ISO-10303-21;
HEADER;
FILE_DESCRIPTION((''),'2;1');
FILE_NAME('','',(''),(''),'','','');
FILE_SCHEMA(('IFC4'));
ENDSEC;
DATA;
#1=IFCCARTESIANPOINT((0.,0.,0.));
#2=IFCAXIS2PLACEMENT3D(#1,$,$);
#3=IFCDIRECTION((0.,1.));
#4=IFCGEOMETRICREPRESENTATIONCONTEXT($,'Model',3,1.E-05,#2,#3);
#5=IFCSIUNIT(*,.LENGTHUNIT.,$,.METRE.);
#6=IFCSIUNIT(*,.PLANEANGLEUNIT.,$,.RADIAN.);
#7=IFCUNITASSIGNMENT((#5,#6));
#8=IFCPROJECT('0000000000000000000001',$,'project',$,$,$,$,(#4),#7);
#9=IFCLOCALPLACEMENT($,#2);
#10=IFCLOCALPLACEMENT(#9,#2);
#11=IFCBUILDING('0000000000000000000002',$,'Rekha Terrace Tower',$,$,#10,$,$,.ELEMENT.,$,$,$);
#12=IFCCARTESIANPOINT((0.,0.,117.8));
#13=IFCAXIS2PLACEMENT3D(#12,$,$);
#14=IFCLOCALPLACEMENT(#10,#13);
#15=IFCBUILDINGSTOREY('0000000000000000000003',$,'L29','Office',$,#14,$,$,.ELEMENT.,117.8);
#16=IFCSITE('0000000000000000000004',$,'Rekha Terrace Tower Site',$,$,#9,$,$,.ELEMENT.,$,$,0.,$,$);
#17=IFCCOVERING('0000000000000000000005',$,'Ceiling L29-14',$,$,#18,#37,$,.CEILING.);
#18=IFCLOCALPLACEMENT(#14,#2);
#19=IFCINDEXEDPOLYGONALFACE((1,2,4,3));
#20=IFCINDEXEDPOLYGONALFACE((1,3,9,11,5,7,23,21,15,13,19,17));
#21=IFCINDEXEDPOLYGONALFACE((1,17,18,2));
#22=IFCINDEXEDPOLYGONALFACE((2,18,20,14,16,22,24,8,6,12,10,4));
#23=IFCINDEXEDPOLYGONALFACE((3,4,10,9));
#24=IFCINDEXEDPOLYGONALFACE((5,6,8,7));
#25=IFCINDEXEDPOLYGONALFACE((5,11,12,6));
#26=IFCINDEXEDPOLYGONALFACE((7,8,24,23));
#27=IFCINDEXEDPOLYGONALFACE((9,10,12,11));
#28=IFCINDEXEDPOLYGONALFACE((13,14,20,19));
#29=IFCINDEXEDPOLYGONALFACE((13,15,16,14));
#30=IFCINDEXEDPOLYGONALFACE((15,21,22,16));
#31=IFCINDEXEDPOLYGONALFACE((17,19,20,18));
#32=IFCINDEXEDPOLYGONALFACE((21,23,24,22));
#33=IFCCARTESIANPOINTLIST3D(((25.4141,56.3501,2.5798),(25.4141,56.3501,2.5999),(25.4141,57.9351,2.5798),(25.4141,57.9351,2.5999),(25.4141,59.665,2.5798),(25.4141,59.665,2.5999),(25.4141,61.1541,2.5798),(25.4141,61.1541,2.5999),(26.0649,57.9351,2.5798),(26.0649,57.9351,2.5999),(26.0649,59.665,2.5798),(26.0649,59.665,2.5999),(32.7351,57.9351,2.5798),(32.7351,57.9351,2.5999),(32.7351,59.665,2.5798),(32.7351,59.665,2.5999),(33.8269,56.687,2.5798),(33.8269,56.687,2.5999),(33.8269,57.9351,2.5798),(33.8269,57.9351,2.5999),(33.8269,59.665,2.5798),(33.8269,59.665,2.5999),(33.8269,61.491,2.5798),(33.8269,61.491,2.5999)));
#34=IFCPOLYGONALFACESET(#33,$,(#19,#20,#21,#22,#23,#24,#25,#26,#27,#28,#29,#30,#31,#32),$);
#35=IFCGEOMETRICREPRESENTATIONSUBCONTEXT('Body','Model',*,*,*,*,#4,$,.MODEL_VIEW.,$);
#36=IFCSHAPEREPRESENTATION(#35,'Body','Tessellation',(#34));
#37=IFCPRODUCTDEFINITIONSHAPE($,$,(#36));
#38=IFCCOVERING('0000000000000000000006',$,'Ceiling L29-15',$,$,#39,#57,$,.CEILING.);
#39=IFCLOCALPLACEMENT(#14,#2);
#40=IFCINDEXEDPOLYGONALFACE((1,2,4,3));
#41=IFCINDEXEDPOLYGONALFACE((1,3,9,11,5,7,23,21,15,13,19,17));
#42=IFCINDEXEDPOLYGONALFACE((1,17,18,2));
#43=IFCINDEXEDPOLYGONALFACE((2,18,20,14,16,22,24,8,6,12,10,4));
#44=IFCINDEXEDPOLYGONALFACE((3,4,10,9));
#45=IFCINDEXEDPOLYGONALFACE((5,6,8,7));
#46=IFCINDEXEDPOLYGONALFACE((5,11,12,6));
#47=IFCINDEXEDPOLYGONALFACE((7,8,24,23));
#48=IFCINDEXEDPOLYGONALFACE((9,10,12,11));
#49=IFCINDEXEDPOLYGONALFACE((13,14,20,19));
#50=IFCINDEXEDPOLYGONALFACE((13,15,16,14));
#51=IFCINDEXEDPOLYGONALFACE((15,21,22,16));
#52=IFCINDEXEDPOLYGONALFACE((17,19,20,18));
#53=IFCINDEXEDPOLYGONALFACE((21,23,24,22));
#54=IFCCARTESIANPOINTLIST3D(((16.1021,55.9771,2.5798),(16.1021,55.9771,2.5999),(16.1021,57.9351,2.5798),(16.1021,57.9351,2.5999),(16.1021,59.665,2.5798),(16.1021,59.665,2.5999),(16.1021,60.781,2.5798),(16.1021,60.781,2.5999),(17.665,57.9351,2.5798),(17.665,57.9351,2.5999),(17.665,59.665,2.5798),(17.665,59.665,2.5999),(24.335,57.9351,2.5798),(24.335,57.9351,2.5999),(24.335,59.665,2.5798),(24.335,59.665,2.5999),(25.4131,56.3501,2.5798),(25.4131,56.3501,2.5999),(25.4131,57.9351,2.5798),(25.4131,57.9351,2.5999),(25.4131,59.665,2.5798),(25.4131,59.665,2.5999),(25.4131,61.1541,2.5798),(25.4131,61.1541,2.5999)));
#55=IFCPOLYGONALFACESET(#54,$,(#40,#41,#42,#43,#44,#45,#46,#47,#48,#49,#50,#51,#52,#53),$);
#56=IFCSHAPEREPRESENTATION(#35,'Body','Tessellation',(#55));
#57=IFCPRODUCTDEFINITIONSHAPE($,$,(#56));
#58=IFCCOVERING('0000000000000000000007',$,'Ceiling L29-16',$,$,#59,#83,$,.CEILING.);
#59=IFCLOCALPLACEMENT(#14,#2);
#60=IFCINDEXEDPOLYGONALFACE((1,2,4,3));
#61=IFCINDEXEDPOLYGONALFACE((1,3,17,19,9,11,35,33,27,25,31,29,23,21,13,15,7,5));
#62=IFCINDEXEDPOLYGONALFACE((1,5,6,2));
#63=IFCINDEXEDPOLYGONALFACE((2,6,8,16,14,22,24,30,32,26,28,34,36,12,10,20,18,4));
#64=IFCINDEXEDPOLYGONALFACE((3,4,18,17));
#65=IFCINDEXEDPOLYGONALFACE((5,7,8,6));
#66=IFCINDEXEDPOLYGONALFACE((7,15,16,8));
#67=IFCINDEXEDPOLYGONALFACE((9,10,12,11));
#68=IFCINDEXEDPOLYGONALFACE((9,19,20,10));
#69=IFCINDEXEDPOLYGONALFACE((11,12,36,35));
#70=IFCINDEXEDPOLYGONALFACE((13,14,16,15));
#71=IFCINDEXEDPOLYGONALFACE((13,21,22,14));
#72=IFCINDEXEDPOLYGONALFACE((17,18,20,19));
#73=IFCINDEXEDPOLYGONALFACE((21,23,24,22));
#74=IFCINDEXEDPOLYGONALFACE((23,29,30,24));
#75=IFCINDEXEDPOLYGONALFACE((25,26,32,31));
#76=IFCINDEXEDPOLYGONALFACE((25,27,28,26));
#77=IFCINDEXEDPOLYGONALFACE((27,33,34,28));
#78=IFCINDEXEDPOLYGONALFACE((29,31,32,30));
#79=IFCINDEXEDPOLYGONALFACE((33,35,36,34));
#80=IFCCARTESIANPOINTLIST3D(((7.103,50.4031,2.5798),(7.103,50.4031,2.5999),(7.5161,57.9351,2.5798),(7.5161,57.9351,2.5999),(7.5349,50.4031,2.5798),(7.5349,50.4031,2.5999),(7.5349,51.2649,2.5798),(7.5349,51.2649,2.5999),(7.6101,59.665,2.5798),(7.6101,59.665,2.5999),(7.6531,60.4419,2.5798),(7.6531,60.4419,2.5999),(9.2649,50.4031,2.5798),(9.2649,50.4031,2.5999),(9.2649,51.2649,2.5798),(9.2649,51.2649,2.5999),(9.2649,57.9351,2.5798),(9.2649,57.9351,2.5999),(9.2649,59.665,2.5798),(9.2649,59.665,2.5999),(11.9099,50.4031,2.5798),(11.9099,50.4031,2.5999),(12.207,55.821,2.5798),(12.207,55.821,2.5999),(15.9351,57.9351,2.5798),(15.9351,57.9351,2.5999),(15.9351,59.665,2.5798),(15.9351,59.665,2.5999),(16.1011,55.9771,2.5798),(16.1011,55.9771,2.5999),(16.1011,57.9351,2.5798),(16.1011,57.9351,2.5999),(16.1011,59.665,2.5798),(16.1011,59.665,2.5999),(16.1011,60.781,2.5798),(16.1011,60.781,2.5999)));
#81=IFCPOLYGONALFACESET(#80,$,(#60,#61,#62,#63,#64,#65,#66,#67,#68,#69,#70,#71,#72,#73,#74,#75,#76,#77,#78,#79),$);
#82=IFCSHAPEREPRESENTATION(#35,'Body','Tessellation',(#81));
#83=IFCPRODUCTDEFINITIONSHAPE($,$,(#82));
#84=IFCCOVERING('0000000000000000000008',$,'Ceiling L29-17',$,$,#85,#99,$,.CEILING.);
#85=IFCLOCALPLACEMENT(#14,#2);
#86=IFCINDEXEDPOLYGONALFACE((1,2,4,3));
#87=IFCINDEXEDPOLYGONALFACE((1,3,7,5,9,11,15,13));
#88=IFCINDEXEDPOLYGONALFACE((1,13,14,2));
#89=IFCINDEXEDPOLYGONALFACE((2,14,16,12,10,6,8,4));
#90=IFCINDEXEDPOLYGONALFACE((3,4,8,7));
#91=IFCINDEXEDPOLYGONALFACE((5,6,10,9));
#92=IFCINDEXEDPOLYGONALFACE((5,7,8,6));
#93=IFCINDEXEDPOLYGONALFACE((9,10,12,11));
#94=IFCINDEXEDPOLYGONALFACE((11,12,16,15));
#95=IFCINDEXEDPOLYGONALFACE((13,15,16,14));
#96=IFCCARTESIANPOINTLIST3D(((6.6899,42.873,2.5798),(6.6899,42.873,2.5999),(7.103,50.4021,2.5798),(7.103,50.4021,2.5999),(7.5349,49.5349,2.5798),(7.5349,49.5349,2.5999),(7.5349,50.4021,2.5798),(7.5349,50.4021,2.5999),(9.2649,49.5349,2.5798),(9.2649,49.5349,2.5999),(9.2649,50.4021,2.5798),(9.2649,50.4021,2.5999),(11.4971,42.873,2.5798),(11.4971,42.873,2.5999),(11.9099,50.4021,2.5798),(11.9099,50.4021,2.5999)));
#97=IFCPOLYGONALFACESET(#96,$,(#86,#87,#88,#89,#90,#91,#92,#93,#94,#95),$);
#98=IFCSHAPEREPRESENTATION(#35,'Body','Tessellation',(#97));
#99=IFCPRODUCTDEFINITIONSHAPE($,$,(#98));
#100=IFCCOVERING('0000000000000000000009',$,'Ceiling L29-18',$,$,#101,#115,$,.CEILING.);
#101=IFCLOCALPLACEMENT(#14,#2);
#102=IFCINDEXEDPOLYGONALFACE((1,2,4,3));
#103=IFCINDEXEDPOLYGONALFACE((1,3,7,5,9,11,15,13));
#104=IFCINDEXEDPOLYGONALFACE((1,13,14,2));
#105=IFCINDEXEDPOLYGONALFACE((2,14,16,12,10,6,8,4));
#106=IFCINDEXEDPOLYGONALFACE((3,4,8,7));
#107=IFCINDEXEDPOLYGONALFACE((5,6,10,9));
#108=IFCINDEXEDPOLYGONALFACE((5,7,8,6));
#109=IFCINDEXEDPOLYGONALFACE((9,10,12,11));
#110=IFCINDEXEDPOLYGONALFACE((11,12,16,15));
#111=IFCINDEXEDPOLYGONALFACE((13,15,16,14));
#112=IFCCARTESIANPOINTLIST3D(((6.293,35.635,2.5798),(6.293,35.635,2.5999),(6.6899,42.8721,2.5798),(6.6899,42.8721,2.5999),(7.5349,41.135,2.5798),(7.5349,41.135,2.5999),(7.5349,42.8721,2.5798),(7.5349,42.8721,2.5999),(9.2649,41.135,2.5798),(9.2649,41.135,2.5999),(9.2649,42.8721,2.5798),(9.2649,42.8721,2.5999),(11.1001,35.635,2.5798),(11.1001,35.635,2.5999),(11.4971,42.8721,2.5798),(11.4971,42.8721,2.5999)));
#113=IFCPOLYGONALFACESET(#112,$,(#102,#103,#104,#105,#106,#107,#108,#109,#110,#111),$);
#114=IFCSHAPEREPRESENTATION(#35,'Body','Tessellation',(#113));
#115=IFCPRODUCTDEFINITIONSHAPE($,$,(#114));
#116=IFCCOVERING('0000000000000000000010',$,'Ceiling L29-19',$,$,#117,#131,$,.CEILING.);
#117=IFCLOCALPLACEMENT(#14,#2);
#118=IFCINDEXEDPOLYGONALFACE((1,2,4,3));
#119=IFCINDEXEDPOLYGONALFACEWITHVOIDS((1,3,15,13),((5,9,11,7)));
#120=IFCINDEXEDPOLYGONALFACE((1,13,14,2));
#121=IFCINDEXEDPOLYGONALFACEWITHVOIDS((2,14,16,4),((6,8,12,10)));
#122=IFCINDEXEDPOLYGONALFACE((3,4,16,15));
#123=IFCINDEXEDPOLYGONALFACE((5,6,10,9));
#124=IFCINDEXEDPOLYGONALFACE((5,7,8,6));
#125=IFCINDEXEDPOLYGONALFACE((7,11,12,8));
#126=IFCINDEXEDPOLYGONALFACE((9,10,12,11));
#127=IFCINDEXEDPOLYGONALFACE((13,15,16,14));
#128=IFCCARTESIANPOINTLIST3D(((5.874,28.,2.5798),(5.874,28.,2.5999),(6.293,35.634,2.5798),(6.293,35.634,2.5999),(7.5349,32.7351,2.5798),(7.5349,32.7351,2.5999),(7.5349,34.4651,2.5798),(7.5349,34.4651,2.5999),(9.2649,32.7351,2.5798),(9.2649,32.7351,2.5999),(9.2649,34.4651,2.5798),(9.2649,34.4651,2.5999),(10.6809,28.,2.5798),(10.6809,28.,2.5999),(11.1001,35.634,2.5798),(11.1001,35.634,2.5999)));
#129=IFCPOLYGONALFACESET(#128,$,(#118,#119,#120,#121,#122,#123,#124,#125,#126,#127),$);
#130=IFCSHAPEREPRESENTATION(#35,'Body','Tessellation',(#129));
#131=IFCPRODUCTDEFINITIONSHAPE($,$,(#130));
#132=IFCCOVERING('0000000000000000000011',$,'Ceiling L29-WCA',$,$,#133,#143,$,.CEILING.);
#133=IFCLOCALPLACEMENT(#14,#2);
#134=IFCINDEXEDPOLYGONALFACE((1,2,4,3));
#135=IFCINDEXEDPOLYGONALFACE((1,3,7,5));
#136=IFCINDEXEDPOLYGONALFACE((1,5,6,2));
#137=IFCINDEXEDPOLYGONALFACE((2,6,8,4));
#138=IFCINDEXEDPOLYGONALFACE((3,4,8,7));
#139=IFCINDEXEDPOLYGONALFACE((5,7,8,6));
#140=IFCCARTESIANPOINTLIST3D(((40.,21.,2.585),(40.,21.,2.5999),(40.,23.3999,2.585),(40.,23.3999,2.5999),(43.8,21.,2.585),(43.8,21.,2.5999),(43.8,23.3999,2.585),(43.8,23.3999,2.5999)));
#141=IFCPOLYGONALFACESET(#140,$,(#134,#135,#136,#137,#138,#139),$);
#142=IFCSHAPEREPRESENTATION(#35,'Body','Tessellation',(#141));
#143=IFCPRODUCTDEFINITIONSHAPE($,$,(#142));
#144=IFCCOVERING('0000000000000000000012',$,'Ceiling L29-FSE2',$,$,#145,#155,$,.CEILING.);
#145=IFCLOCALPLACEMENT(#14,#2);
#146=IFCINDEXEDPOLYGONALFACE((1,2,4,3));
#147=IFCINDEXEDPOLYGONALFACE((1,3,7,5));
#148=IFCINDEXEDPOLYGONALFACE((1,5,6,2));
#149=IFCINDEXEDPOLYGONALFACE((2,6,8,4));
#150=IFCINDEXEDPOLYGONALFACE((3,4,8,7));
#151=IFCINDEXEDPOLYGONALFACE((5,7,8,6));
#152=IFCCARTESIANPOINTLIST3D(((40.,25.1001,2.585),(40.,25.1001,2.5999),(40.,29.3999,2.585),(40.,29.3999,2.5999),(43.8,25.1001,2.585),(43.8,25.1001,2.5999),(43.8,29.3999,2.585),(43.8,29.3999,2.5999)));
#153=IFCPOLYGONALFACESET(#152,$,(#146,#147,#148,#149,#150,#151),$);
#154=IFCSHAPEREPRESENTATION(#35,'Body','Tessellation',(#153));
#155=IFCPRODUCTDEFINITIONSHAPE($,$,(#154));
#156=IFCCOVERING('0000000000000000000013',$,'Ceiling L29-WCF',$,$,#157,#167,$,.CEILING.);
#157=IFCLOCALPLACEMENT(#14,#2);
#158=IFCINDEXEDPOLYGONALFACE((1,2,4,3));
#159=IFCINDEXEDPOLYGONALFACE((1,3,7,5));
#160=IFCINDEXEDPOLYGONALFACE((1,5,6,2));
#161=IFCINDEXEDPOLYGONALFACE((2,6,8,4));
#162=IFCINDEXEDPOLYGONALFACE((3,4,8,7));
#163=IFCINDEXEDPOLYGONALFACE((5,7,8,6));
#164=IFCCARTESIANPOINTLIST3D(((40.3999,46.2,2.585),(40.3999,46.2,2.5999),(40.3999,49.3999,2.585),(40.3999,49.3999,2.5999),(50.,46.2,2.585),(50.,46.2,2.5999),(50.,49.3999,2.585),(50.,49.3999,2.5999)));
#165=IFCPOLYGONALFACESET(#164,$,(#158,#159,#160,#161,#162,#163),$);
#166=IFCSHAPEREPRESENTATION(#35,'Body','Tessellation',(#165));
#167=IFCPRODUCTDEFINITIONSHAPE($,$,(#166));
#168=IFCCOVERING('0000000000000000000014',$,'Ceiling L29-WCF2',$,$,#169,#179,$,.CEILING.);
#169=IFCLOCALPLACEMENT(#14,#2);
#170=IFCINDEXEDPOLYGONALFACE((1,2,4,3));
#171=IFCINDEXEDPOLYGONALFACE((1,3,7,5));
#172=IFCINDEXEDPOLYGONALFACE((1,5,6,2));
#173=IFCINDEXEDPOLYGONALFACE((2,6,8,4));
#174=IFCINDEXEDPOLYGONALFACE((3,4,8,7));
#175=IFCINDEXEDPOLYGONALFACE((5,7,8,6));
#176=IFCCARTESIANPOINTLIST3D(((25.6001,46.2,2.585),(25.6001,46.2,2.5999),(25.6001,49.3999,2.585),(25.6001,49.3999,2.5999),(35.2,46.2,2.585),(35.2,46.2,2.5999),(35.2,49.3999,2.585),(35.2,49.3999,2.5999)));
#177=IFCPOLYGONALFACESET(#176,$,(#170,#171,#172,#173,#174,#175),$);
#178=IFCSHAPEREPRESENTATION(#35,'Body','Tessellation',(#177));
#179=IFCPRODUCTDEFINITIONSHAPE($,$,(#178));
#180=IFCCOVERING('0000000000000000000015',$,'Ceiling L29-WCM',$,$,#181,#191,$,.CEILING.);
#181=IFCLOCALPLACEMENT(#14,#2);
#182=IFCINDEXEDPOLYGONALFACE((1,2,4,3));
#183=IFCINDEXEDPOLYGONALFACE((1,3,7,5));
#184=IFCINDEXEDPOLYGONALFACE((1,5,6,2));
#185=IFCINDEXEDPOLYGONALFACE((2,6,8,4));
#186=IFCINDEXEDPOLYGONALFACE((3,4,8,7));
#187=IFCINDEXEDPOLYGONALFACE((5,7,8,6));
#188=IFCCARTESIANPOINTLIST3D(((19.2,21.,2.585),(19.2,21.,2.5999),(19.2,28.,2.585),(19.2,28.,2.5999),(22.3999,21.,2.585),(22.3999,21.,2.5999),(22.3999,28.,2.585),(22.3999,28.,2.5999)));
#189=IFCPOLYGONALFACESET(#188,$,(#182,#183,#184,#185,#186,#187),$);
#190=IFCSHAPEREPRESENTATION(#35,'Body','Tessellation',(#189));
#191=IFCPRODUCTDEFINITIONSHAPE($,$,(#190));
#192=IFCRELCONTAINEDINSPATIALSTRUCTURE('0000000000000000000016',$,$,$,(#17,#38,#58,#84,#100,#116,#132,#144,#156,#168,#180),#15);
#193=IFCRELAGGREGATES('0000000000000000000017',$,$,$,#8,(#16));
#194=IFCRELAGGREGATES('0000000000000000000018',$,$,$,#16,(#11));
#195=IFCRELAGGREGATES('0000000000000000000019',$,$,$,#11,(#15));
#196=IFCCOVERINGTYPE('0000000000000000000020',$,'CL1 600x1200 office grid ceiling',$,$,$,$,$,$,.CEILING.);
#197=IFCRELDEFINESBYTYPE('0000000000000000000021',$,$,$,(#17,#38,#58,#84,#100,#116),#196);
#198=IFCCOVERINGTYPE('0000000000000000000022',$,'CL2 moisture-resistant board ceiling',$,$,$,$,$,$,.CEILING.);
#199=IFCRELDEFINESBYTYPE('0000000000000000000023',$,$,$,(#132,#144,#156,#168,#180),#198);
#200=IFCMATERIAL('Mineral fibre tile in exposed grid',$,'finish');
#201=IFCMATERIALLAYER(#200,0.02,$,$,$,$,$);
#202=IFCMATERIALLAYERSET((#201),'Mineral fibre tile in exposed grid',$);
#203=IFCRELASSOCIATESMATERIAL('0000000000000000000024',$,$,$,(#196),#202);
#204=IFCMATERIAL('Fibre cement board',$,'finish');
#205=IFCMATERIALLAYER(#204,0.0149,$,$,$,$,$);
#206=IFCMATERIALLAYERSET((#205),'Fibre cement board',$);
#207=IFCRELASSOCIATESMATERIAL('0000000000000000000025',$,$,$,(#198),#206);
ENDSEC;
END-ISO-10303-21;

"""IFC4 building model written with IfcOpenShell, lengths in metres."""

from ifc_helpers import new_model, si_unit, direction, frame, origin, place, context, subcontext, project, spatial, polyline, outline, extrude, material, layer, layer_set, type_object, element, save


model = new_model("IFC4")

# Units and contexts
model_context = context("Model", 3, precision=1e-05, world=origin(), true_north=direction((0.0, 1.0)))
body_context = subcontext(model_context, "Body", "Model", "MODEL_VIEW")
ifc_project = project(units=[si_unit("LENGTHUNIT", "METRE"), si_unit("PLANEANGLEUNIT", "RADIAN")], contexts=[model_context])

# Site, building, storey
site_placement = place(None, origin())
site = spatial("IfcSite", under=ifc_project, at=site_placement, Name="Rekha Terrace Tower Site", CompositionType="ELEMENT", RefElevation=0.0)
building_placement = place(site_placement, origin())
building = spatial("IfcBuilding", under=site, at=building_placement, Name="Rekha Terrace Tower", CompositionType="ELEMENT")
storey_placement = place(building_placement, frame((0.0, 0.0, 117.8)))
storey = spatial("IfcBuildingStorey", under=building, at=storey_placement, Name="L29", Description="Office", CompositionType="ELEMENT", Elevation=117.8)

# Coverings
ifc_material_1 = material(Name="Mineral fibre tile in exposed grid", Category="finish")
ifc_layer_1 = layer(ifc_material_1, 0.02)
ifc_layer_set_1 = layer_set([ifc_layer_1], Name="Mineral fibre tile in exposed grid")
covering_type_1 = type_object("IfcCoveringType", Name="CL1 600x1200 office grid ceiling", PredefinedType="CEILING", material=ifc_layer_set_1)
covering_1_placement = place(storey_placement, frame((0.0, 0.0, 2.5798)))
element("IfcCovering", 1, at=covering_1_placement, inside=storey, type_object=covering_type_1, Name="Ceiling L29-14", PredefinedType="CEILING", context=body_context, shape_type="SweptSolid", body=[
    extrude(outline(polyline([(26.0649, 57.9351), (25.4141, 57.9351), (25.4141, 56.3501), (33.8269, 56.687), (33.8269, 57.9351), (32.7351, 57.9351), (32.7351, 59.665), (33.8269, 59.665), (33.8269, 61.491), (25.4141, 61.1541), (25.4141, 59.665), (26.0649, 59.665), (26.0649, 57.9351)])), origin(), (0.0, 0.0, 1.0), 0.02),
])
covering_2_placement = place(storey_placement, frame((0.0, 0.0, 2.5798)))
element("IfcCovering", 2, at=covering_2_placement, inside=storey, type_object=covering_type_1, Name="Ceiling L29-15", PredefinedType="CEILING", context=body_context, shape_type="SweptSolid", body=[
    extrude(outline(polyline([(16.1021, 57.9351), (16.1021, 55.9771), (25.4131, 56.3501), (25.4131, 57.9351), (24.335, 57.9351), (24.335, 59.665), (25.4131, 59.665), (25.4131, 61.1541), (16.1021, 60.781), (16.1021, 59.665), (17.665, 59.665), (17.665, 57.9351), (16.1021, 57.9351)])), origin(), (0.0, 0.0, 1.0), 0.02),
])
covering_3_placement = place(storey_placement, frame((0.0, 0.0, 2.5798)))
element("IfcCovering", 3, at=covering_3_placement, inside=storey, type_object=covering_type_1, Name="Ceiling L29-16", PredefinedType="CEILING", context=body_context, shape_type="SweptSolid", body=[
    extrude(outline(polyline([(9.2649, 57.9351), (7.5161, 57.9351), (7.103, 50.4031), (7.5349, 50.4031), (7.5349, 51.2649), (9.2649, 51.2649), (9.2649, 50.4031), (11.9099, 50.4031), (12.207, 55.821), (16.1011, 55.9771), (16.1011, 57.9351), (15.9351, 57.9351), (15.9351, 59.665), (16.1011, 59.665), (16.1011, 60.781), (7.6531, 60.4419), (7.6101, 59.665), (9.2649, 59.665), (9.2649, 57.9351)])), origin(), (0.0, 0.0, 1.0), 0.02),
])
covering_4_placement = place(storey_placement, frame((0.0, 0.0, 2.5798)))
element("IfcCovering", 4, at=covering_4_placement, inside=storey, type_object=covering_type_1, Name="Ceiling L29-17", PredefinedType="CEILING", context=body_context, shape_type="SweptSolid", body=[
    extrude(outline(polyline([(6.6899, 42.873), (11.4971, 42.873), (11.9099, 50.4021), (9.2649, 50.4021), (9.2649, 49.5349), (7.5349, 49.5349), (7.5349, 50.4021), (7.103, 50.4021), (6.6899, 42.873)])), origin(), (0.0, 0.0, 1.0), 0.02),
])
covering_5_placement = place(storey_placement, frame((0.0, 0.0, 2.5798)))
element("IfcCovering", 5, at=covering_5_placement, inside=storey, type_object=covering_type_1, Name="Ceiling L29-18", PredefinedType="CEILING", context=body_context, shape_type="SweptSolid", body=[
    extrude(outline(polyline([(9.2649, 41.135), (7.5349, 41.135), (7.5349, 42.8721), (6.6899, 42.8721), (6.293, 35.635), (11.1001, 35.635), (11.4971, 42.8721), (9.2649, 42.8721), (9.2649, 41.135)])), origin(), (0.0, 0.0, 1.0), 0.02),
])
covering_6_placement = place(storey_placement, frame((0.0, 0.0, 2.5798)))
element("IfcCovering", 6, at=covering_6_placement, inside=storey, type_object=covering_type_1, Name="Ceiling L29-19", PredefinedType="CEILING", context=body_context, shape_type="SweptSolid", body=[
    extrude(outline(polyline([(5.874, 28.0), (10.6809, 28.0), (11.1001, 35.634), (6.293, 35.634), (5.874, 28.0)]), holes=[polyline([(9.2649, 32.7351), (7.5349, 32.7351), (7.5349, 34.4651), (9.2649, 34.4651), (9.2649, 32.7351)])]), origin(), (0.0, 0.0, 1.0), 0.02),
])
ifc_material_2 = material(Name="Fibre cement board", Category="finish")
ifc_layer_2 = layer(ifc_material_2, 0.0149)
ifc_layer_set_2 = layer_set([ifc_layer_2], Name="Fibre cement board")
covering_type_2 = type_object("IfcCoveringType", Name="CL2 moisture-resistant board ceiling", PredefinedType="CEILING", material=ifc_layer_set_2)
covering_7_placement = place(storey_placement, frame((0.0, 0.0, 2.585)))
element("IfcCovering", 7, at=covering_7_placement, inside=storey, type_object=covering_type_2, Name="Ceiling L29-WCA", PredefinedType="CEILING", context=body_context, shape_type="SweptSolid", body=[
    extrude(outline(polyline([(43.8, 23.3999), (40.0, 23.3999), (40.0, 21.0), (43.8, 21.0), (43.8, 23.3999)])), origin(), (0.0, 0.0, 1.0), 0.0149),
])
covering_8_placement = place(storey_placement, frame((0.0, 0.0, 2.585)))
element("IfcCovering", 8, at=covering_8_placement, inside=storey, type_object=covering_type_2, Name="Ceiling L29-FSE2", PredefinedType="CEILING", context=body_context, shape_type="SweptSolid", body=[
    extrude(outline(polyline([(43.8, 29.3999), (40.0, 29.3999), (40.0, 25.1001), (43.8, 25.1001), (43.8, 29.3999)])), origin(), (0.0, 0.0, 1.0), 0.0149),
])
covering_9_placement = place(storey_placement, frame((0.0, 0.0, 2.585)))
element("IfcCovering", 9, at=covering_9_placement, inside=storey, type_object=covering_type_2, Name="Ceiling L29-WCF", PredefinedType="CEILING", context=body_context, shape_type="SweptSolid", body=[
    extrude(outline(polyline([(50.0, 49.3999), (40.3999, 49.3999), (40.3999, 46.2), (50.0, 46.2), (50.0, 49.3999)])), origin(), (0.0, 0.0, 1.0), 0.0149),
])
covering_10_placement = place(storey_placement, frame((0.0, 0.0, 2.585)))
element("IfcCovering", 10, at=covering_10_placement, inside=storey, type_object=covering_type_2, Name="Ceiling L29-WCF2", PredefinedType="CEILING", context=body_context, shape_type="SweptSolid", body=[
    extrude(outline(polyline([(35.2, 49.3999), (25.6001, 49.3999), (25.6001, 46.2), (35.2, 46.2), (35.2, 49.3999)])), origin(), (0.0, 0.0, 1.0), 0.0149),
])
covering_11_placement = place(storey_placement, frame((0.0, 0.0, 2.585)))
element("IfcCovering", 11, at=covering_11_placement, inside=storey, type_object=covering_type_2, Name="Ceiling L29-WCM", PredefinedType="CEILING", context=body_context, shape_type="SweptSolid", body=[
    extrude(outline(polyline([(22.3999, 28.0), (19.2, 28.0), (19.2, 21.0), (22.3999, 21.0), (22.3999, 28.0)])), origin(), (0.0, 0.0, 1.0), 0.0149),
])

save(model, "model.ifc")
